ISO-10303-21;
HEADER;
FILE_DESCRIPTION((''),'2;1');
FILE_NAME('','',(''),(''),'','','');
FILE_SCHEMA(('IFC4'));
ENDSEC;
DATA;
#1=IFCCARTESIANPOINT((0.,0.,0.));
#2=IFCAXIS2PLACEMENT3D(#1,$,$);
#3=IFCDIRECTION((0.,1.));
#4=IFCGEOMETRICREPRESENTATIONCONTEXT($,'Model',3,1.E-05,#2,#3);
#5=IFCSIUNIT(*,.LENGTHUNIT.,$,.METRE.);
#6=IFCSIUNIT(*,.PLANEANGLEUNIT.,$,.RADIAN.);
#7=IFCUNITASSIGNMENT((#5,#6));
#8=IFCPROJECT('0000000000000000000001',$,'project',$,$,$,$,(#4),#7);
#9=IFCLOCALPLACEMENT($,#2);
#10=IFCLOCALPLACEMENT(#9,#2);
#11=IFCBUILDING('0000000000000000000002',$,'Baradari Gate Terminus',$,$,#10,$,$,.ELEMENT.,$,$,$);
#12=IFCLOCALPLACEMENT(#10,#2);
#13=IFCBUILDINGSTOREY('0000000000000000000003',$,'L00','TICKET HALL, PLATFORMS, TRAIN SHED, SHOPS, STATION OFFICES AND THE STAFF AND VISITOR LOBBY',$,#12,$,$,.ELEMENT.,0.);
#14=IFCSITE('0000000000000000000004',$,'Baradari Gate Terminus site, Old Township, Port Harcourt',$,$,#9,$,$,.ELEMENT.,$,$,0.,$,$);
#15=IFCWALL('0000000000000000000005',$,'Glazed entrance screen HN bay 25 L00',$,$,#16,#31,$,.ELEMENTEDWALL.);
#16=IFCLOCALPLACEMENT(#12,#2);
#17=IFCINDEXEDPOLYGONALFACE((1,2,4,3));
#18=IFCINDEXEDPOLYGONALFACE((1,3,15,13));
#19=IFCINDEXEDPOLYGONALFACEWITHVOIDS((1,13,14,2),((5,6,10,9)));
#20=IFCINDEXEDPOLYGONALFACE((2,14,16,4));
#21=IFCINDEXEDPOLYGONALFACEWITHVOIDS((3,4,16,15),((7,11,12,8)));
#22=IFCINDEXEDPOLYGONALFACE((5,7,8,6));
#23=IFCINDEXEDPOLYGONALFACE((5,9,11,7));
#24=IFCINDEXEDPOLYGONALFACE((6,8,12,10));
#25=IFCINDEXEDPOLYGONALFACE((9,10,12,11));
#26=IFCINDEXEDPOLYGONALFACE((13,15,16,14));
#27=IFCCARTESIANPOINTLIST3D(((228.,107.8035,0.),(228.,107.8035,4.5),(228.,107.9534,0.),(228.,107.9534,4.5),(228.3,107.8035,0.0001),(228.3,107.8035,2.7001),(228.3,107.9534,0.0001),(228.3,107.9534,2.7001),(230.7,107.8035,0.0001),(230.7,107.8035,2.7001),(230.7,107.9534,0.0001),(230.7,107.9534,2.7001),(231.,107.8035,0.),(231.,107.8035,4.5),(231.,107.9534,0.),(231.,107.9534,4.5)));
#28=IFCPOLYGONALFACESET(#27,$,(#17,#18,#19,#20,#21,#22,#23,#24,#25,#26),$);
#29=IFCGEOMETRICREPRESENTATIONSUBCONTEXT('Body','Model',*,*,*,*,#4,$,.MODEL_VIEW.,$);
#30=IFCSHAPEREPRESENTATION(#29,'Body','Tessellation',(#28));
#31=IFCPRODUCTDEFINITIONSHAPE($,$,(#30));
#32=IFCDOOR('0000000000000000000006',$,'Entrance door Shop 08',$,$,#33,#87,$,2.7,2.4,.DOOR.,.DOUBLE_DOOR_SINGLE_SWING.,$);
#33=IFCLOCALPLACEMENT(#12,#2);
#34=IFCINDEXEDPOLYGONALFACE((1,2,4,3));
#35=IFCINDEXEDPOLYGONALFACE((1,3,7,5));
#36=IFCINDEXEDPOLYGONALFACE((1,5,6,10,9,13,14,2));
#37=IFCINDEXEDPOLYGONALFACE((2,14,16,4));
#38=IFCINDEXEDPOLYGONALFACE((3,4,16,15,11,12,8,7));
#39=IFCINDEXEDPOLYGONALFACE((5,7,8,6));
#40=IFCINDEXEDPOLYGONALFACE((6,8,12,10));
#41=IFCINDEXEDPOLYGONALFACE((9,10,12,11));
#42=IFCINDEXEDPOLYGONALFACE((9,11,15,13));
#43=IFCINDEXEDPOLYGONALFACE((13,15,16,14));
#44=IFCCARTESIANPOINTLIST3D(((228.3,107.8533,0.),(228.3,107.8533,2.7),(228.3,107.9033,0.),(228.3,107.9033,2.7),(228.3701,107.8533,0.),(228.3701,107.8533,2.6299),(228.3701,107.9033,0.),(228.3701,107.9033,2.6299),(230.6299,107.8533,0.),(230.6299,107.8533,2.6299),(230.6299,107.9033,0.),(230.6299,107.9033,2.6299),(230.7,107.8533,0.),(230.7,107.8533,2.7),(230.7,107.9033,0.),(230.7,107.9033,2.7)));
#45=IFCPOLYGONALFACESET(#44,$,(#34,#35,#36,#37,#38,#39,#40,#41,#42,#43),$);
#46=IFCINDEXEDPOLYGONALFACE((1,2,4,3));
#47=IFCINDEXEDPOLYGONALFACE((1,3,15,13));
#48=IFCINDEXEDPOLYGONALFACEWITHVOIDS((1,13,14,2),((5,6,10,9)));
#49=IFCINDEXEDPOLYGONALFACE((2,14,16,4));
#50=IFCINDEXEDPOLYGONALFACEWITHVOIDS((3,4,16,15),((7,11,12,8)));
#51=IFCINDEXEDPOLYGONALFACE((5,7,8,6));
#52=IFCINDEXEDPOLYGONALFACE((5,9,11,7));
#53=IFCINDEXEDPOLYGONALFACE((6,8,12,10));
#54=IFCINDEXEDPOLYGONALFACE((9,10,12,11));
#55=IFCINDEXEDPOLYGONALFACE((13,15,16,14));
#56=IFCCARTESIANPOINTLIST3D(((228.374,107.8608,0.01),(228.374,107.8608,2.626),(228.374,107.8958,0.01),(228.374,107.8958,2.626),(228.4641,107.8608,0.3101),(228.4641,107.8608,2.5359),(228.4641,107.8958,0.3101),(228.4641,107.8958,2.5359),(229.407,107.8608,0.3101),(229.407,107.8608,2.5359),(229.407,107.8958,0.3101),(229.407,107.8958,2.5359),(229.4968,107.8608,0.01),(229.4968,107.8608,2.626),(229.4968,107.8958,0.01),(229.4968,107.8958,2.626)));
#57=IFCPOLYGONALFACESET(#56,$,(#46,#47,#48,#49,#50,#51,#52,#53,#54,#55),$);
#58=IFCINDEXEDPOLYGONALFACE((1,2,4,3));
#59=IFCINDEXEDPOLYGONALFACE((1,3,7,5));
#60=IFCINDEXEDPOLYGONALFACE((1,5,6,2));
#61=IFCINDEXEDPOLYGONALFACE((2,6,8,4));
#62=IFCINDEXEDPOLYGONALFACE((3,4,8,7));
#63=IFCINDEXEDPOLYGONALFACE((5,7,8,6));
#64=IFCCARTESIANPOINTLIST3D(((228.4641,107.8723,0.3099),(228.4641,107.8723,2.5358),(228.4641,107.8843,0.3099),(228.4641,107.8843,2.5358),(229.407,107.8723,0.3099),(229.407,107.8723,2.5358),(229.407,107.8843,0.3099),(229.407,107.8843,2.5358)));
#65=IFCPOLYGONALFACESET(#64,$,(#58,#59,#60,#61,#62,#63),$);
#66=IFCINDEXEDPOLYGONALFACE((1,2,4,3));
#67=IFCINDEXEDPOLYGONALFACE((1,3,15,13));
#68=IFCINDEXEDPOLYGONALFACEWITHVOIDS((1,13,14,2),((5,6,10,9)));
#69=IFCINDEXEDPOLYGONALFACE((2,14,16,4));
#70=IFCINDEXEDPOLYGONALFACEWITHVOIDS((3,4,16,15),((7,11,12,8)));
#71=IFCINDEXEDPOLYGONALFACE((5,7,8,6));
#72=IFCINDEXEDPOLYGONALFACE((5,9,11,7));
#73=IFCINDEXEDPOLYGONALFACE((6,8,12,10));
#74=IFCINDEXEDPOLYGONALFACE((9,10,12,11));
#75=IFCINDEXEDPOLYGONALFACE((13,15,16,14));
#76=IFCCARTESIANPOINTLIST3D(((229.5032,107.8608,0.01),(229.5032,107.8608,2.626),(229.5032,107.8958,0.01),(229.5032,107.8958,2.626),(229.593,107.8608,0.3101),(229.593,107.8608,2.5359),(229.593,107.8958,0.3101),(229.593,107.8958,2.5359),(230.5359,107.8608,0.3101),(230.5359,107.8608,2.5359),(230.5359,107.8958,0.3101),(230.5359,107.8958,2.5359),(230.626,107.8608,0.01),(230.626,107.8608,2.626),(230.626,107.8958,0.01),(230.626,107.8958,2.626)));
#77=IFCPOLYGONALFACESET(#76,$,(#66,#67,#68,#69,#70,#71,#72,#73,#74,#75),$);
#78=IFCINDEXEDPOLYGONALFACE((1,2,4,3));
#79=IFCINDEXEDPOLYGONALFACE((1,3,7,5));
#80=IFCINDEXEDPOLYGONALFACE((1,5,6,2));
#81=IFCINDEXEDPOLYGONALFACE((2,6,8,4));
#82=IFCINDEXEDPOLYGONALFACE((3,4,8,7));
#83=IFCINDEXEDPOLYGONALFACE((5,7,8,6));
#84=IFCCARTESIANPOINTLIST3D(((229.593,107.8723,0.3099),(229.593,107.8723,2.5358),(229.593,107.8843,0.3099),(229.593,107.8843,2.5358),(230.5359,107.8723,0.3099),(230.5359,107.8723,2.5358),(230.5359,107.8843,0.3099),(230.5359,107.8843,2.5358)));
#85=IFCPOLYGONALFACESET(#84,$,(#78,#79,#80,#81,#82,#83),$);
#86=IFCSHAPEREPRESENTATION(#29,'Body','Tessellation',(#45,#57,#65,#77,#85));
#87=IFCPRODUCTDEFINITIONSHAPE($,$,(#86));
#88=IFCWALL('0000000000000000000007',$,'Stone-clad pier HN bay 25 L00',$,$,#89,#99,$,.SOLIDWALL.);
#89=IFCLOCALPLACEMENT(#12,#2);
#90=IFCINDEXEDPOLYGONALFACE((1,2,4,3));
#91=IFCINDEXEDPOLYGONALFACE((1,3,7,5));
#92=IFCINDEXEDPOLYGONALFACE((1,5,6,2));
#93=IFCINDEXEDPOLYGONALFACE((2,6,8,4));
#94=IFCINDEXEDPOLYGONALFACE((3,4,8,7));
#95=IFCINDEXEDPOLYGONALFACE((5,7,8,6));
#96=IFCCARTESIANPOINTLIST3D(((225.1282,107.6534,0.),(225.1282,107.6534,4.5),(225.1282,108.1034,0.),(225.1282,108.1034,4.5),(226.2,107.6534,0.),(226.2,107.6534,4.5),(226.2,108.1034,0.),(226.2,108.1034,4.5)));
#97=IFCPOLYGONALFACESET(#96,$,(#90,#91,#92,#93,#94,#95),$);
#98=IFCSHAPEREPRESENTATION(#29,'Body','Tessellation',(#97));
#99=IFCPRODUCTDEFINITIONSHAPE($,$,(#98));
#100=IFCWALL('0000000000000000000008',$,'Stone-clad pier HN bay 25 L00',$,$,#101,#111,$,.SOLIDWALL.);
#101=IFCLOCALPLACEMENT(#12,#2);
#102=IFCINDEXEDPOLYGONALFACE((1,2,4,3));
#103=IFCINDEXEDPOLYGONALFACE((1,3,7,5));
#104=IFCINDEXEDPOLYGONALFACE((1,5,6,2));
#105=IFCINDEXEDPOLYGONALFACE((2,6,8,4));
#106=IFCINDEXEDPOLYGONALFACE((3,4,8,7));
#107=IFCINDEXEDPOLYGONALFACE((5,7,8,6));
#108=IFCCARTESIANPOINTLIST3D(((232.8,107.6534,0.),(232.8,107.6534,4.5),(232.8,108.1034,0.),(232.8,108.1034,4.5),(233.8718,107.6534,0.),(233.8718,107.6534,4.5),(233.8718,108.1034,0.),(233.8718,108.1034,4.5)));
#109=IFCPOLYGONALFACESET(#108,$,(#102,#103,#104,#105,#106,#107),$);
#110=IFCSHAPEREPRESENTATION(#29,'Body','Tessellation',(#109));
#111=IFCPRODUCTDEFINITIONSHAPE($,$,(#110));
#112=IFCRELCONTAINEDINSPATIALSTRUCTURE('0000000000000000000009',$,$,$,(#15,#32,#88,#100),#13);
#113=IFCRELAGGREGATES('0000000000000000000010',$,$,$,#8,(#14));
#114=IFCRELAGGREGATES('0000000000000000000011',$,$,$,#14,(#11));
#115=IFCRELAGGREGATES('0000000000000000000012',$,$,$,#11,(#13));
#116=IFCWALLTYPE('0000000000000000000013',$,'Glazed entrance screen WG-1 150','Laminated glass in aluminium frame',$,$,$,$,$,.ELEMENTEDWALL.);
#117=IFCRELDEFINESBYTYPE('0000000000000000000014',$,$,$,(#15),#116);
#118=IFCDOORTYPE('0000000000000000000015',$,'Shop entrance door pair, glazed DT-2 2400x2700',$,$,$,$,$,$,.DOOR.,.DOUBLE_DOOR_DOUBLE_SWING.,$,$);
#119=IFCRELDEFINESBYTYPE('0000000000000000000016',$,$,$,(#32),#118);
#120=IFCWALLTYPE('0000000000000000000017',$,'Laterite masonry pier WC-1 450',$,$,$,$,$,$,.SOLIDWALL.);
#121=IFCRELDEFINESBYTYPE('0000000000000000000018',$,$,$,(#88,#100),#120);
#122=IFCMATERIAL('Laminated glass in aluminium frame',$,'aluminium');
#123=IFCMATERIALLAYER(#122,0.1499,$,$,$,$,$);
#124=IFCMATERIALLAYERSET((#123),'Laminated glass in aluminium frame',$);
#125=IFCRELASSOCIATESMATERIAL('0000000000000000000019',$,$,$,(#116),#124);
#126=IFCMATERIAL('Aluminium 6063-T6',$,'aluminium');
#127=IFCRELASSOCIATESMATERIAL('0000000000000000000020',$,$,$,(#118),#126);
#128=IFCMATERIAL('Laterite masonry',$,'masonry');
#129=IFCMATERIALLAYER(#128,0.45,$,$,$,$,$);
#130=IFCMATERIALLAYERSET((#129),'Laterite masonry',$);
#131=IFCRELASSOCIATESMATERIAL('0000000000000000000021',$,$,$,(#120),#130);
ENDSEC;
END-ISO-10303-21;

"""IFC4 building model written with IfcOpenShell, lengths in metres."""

from ifc_helpers import new_model, si_unit, direction, frame, frame_2d, origin, place, context, subcontext, project, spatial, polyline, rectangle, outline, extrude, material, layer, layer_set, type_object, element, fill, save


model = new_model("IFC4")

# Units and contexts
model_context = context("Model", 3, precision=1e-05, world=origin(), true_north=direction((0.0, 1.0)))
body_context = subcontext(model_context, "Body", "Model", "MODEL_VIEW")
ifc_project = project(units=[si_unit("LENGTHUNIT", "METRE"), si_unit("PLANEANGLEUNIT", "RADIAN")], contexts=[model_context])

# Site, building, storey
site_placement = place(None, origin())
site = spatial("IfcSite", under=ifc_project, at=site_placement, Name="Baradari Gate Terminus site, Old Township, Port Harcourt", CompositionType="ELEMENT", RefElevation=0.0)
building_placement = place(site_placement, origin())
building = spatial("IfcBuilding", under=site, at=building_placement, Name="Baradari Gate Terminus", CompositionType="ELEMENT")
storey_placement = place(building_placement, origin())
storey = spatial("IfcBuildingStorey", under=building, at=storey_placement, Name="L00", Description="TICKET HALL, PLATFORMS, TRAIN SHED, SHOPS, STATION OFFICES AND THE STAFF AND VISITOR LOBBY", CompositionType="ELEMENT", Elevation=0.0)

# Wall, opening, door
ifc_material_1 = material(Name="Laminated glass in aluminium frame", Category="aluminium")
ifc_layer_1 = layer(ifc_material_1, 0.1499)
ifc_layer_set_1 = layer_set([ifc_layer_1], Name="Laminated glass in aluminium frame")
wall_type_1 = type_object("IfcWallType", Name="Glazed entrance screen WG-1 150", Description="Laminated glass in aluminium frame", PredefinedType="ELEMENTEDWALL", material=ifc_layer_set_1)
wall_1_placement = place(storey_placement, frame((228.0, 107.8784, 0.0), z_axis=(0.0, 0.0, 1.0), x_axis=(1.0, 0.0, 0.0)))
wall_1 = element("IfcWall", 1, at=wall_1_placement, inside=storey, type_object=wall_type_1, Name="Glazed entrance screen HN bay 25 L00", PredefinedType="ELEMENTEDWALL", context=body_context, shape_type="SweptSolid", body=[
    extrude(rectangle(XDim=3.0, YDim=0.1499, at=frame_2d((1.5, 0.0))), origin(), (0.0, 0.0, 1.0), 4.5),
])
opening_1_placement = place(wall_1_placement, frame((0.3, 0.0, 0.0)))
opening_1 = element("IfcOpeningElement", 2, at=opening_1_placement, cuts=wall_1, PredefinedType="OPENING", context=body_context, shape_type="SweptSolid", body=[
    extrude(rectangle(XDim=2.3999, YDim=2.7, at=frame_2d((1.2, 1.3501))), frame((0.0, 0.085, 0.0), z_axis=(0.0, -1.0, 0.0), x_axis=(1.0, 0.0, 0.0)), (0.0, 0.0, 1.0), 0.1699),
])
ifc_material_2 = material(Name="Aluminium 6063-T6", Category="aluminium")
door_type_1 = type_object("IfcDoorType", Name="Shop entrance door pair, glazed DT-2 2400x2700", OperationType="DOUBLE_DOOR_DOUBLE_SWING", PredefinedType="DOOR", material=ifc_material_2)
door_1_placement = place(opening_1_placement, origin())
door_1 = element("IfcDoor", 3, at=door_1_placement, inside=storey, type_object=door_type_1, Name="Entrance door Shop 08", OperationType="DOUBLE_DOOR_SINGLE_SWING", OverallHeight=2.7, OverallWidth=2.4, PredefinedType="DOOR", context=body_context, shape_type="SweptSolid", body=[
    extrude(outline(polyline([(0.0, 0.0), (0.0701, 0.0), (0.0701, 2.6299), (2.3298, 2.6299), (2.3298, 0.0), (2.3999, 0.0), (2.3999, 2.7), (0.0, 2.7), (0.0, 0.0)])), frame((0.0, 0.0249, 0.0), z_axis=(0.0, -1.0, 0.0), x_axis=(1.0, 0.0, 0.0)), (0.0, 0.0, 1.0), 0.05),
    extrude(outline(polyline([(0.074, 0.01), (1.1968, 0.01), (1.1968, 2.626), (0.074, 2.626), (0.074, 0.01)]), holes=[polyline([(0.1641, 0.3101), (1.1069, 0.3101), (1.1069, 2.5359), (0.1641, 2.5359), (0.1641, 0.3101)])]), frame((0.0, 0.0173, 0.0), z_axis=(0.0, -1.0, 0.0), x_axis=(1.0, 0.0, 0.0)), (0.0, 0.0, 1.0), 0.0349),
    extrude(rectangle(XDim=0.9429, YDim=2.2258, at=frame_2d((0.6355, 1.4229))), frame((0.0, 0.0059, 0.0), z_axis=(0.0, -1.0, 0.0), x_axis=(1.0, 0.0, 0.0)), (0.0, 0.0, 1.0), 0.012),
    extrude(outline(polyline([(1.2031, 0.01), (2.3259, 0.01), (2.3259, 2.626), (1.2031, 2.626), (1.2031, 0.01)]), holes=[polyline([(1.293, 0.3101), (2.2358, 0.3101), (2.2358, 2.5359), (1.293, 2.5359), (1.293, 0.3101)])]), frame((0.0, 0.0173, 0.0), z_axis=(0.0, -1.0, 0.0), x_axis=(1.0, 0.0, 0.0)), (0.0, 0.0, 1.0), 0.0349),
    extrude(rectangle(XDim=0.9429, YDim=2.2258, at=frame_2d((1.7644, 1.4229))), frame((0.0, 0.0059, 0.0), z_axis=(0.0, -1.0, 0.0), x_axis=(1.0, 0.0, 0.0)), (0.0, 0.0, 1.0), 0.012),
])
fill(opening_1, door_1)

# Walls
ifc_material_3 = material(Name="Laterite masonry", Category="masonry")
ifc_layer_2 = layer(ifc_material_3, 0.45)
ifc_layer_set_2 = layer_set([ifc_layer_2], Name="Laterite masonry")
wall_type_2 = type_object("IfcWallType", Name="Laterite masonry pier WC-1 450", PredefinedType="SOLIDWALL", material=ifc_layer_set_2)
for number, where, z_axis, x_axis, name in (
    (4, (225.1282, 107.8784, 0.0), (0.0, 0.0, 1.0), (1.0, 0.0, 0.0), "Stone-clad pier HN bay 25 L00"),
    (5, (232.8, 107.8784, 0.0), (0.0, 0.0, 1.0), (1.0, 0.0, 0.0), "Stone-clad pier HN bay 25 L00"),
):
    element("IfcWall", number, at=place(storey_placement, frame(where, z_axis=z_axis, x_axis=x_axis)), inside=storey, type_object=wall_type_2, Name=name, PredefinedType="SOLIDWALL", context=body_context, shape_type="SweptSolid", body=[
        extrude(rectangle(XDim=1.0718, YDim=0.45, at=frame_2d((0.5359, 0.0))), origin(), (0.0, 0.0, 1.0), 4.5),
    ])

save(model, "model.ifc")
